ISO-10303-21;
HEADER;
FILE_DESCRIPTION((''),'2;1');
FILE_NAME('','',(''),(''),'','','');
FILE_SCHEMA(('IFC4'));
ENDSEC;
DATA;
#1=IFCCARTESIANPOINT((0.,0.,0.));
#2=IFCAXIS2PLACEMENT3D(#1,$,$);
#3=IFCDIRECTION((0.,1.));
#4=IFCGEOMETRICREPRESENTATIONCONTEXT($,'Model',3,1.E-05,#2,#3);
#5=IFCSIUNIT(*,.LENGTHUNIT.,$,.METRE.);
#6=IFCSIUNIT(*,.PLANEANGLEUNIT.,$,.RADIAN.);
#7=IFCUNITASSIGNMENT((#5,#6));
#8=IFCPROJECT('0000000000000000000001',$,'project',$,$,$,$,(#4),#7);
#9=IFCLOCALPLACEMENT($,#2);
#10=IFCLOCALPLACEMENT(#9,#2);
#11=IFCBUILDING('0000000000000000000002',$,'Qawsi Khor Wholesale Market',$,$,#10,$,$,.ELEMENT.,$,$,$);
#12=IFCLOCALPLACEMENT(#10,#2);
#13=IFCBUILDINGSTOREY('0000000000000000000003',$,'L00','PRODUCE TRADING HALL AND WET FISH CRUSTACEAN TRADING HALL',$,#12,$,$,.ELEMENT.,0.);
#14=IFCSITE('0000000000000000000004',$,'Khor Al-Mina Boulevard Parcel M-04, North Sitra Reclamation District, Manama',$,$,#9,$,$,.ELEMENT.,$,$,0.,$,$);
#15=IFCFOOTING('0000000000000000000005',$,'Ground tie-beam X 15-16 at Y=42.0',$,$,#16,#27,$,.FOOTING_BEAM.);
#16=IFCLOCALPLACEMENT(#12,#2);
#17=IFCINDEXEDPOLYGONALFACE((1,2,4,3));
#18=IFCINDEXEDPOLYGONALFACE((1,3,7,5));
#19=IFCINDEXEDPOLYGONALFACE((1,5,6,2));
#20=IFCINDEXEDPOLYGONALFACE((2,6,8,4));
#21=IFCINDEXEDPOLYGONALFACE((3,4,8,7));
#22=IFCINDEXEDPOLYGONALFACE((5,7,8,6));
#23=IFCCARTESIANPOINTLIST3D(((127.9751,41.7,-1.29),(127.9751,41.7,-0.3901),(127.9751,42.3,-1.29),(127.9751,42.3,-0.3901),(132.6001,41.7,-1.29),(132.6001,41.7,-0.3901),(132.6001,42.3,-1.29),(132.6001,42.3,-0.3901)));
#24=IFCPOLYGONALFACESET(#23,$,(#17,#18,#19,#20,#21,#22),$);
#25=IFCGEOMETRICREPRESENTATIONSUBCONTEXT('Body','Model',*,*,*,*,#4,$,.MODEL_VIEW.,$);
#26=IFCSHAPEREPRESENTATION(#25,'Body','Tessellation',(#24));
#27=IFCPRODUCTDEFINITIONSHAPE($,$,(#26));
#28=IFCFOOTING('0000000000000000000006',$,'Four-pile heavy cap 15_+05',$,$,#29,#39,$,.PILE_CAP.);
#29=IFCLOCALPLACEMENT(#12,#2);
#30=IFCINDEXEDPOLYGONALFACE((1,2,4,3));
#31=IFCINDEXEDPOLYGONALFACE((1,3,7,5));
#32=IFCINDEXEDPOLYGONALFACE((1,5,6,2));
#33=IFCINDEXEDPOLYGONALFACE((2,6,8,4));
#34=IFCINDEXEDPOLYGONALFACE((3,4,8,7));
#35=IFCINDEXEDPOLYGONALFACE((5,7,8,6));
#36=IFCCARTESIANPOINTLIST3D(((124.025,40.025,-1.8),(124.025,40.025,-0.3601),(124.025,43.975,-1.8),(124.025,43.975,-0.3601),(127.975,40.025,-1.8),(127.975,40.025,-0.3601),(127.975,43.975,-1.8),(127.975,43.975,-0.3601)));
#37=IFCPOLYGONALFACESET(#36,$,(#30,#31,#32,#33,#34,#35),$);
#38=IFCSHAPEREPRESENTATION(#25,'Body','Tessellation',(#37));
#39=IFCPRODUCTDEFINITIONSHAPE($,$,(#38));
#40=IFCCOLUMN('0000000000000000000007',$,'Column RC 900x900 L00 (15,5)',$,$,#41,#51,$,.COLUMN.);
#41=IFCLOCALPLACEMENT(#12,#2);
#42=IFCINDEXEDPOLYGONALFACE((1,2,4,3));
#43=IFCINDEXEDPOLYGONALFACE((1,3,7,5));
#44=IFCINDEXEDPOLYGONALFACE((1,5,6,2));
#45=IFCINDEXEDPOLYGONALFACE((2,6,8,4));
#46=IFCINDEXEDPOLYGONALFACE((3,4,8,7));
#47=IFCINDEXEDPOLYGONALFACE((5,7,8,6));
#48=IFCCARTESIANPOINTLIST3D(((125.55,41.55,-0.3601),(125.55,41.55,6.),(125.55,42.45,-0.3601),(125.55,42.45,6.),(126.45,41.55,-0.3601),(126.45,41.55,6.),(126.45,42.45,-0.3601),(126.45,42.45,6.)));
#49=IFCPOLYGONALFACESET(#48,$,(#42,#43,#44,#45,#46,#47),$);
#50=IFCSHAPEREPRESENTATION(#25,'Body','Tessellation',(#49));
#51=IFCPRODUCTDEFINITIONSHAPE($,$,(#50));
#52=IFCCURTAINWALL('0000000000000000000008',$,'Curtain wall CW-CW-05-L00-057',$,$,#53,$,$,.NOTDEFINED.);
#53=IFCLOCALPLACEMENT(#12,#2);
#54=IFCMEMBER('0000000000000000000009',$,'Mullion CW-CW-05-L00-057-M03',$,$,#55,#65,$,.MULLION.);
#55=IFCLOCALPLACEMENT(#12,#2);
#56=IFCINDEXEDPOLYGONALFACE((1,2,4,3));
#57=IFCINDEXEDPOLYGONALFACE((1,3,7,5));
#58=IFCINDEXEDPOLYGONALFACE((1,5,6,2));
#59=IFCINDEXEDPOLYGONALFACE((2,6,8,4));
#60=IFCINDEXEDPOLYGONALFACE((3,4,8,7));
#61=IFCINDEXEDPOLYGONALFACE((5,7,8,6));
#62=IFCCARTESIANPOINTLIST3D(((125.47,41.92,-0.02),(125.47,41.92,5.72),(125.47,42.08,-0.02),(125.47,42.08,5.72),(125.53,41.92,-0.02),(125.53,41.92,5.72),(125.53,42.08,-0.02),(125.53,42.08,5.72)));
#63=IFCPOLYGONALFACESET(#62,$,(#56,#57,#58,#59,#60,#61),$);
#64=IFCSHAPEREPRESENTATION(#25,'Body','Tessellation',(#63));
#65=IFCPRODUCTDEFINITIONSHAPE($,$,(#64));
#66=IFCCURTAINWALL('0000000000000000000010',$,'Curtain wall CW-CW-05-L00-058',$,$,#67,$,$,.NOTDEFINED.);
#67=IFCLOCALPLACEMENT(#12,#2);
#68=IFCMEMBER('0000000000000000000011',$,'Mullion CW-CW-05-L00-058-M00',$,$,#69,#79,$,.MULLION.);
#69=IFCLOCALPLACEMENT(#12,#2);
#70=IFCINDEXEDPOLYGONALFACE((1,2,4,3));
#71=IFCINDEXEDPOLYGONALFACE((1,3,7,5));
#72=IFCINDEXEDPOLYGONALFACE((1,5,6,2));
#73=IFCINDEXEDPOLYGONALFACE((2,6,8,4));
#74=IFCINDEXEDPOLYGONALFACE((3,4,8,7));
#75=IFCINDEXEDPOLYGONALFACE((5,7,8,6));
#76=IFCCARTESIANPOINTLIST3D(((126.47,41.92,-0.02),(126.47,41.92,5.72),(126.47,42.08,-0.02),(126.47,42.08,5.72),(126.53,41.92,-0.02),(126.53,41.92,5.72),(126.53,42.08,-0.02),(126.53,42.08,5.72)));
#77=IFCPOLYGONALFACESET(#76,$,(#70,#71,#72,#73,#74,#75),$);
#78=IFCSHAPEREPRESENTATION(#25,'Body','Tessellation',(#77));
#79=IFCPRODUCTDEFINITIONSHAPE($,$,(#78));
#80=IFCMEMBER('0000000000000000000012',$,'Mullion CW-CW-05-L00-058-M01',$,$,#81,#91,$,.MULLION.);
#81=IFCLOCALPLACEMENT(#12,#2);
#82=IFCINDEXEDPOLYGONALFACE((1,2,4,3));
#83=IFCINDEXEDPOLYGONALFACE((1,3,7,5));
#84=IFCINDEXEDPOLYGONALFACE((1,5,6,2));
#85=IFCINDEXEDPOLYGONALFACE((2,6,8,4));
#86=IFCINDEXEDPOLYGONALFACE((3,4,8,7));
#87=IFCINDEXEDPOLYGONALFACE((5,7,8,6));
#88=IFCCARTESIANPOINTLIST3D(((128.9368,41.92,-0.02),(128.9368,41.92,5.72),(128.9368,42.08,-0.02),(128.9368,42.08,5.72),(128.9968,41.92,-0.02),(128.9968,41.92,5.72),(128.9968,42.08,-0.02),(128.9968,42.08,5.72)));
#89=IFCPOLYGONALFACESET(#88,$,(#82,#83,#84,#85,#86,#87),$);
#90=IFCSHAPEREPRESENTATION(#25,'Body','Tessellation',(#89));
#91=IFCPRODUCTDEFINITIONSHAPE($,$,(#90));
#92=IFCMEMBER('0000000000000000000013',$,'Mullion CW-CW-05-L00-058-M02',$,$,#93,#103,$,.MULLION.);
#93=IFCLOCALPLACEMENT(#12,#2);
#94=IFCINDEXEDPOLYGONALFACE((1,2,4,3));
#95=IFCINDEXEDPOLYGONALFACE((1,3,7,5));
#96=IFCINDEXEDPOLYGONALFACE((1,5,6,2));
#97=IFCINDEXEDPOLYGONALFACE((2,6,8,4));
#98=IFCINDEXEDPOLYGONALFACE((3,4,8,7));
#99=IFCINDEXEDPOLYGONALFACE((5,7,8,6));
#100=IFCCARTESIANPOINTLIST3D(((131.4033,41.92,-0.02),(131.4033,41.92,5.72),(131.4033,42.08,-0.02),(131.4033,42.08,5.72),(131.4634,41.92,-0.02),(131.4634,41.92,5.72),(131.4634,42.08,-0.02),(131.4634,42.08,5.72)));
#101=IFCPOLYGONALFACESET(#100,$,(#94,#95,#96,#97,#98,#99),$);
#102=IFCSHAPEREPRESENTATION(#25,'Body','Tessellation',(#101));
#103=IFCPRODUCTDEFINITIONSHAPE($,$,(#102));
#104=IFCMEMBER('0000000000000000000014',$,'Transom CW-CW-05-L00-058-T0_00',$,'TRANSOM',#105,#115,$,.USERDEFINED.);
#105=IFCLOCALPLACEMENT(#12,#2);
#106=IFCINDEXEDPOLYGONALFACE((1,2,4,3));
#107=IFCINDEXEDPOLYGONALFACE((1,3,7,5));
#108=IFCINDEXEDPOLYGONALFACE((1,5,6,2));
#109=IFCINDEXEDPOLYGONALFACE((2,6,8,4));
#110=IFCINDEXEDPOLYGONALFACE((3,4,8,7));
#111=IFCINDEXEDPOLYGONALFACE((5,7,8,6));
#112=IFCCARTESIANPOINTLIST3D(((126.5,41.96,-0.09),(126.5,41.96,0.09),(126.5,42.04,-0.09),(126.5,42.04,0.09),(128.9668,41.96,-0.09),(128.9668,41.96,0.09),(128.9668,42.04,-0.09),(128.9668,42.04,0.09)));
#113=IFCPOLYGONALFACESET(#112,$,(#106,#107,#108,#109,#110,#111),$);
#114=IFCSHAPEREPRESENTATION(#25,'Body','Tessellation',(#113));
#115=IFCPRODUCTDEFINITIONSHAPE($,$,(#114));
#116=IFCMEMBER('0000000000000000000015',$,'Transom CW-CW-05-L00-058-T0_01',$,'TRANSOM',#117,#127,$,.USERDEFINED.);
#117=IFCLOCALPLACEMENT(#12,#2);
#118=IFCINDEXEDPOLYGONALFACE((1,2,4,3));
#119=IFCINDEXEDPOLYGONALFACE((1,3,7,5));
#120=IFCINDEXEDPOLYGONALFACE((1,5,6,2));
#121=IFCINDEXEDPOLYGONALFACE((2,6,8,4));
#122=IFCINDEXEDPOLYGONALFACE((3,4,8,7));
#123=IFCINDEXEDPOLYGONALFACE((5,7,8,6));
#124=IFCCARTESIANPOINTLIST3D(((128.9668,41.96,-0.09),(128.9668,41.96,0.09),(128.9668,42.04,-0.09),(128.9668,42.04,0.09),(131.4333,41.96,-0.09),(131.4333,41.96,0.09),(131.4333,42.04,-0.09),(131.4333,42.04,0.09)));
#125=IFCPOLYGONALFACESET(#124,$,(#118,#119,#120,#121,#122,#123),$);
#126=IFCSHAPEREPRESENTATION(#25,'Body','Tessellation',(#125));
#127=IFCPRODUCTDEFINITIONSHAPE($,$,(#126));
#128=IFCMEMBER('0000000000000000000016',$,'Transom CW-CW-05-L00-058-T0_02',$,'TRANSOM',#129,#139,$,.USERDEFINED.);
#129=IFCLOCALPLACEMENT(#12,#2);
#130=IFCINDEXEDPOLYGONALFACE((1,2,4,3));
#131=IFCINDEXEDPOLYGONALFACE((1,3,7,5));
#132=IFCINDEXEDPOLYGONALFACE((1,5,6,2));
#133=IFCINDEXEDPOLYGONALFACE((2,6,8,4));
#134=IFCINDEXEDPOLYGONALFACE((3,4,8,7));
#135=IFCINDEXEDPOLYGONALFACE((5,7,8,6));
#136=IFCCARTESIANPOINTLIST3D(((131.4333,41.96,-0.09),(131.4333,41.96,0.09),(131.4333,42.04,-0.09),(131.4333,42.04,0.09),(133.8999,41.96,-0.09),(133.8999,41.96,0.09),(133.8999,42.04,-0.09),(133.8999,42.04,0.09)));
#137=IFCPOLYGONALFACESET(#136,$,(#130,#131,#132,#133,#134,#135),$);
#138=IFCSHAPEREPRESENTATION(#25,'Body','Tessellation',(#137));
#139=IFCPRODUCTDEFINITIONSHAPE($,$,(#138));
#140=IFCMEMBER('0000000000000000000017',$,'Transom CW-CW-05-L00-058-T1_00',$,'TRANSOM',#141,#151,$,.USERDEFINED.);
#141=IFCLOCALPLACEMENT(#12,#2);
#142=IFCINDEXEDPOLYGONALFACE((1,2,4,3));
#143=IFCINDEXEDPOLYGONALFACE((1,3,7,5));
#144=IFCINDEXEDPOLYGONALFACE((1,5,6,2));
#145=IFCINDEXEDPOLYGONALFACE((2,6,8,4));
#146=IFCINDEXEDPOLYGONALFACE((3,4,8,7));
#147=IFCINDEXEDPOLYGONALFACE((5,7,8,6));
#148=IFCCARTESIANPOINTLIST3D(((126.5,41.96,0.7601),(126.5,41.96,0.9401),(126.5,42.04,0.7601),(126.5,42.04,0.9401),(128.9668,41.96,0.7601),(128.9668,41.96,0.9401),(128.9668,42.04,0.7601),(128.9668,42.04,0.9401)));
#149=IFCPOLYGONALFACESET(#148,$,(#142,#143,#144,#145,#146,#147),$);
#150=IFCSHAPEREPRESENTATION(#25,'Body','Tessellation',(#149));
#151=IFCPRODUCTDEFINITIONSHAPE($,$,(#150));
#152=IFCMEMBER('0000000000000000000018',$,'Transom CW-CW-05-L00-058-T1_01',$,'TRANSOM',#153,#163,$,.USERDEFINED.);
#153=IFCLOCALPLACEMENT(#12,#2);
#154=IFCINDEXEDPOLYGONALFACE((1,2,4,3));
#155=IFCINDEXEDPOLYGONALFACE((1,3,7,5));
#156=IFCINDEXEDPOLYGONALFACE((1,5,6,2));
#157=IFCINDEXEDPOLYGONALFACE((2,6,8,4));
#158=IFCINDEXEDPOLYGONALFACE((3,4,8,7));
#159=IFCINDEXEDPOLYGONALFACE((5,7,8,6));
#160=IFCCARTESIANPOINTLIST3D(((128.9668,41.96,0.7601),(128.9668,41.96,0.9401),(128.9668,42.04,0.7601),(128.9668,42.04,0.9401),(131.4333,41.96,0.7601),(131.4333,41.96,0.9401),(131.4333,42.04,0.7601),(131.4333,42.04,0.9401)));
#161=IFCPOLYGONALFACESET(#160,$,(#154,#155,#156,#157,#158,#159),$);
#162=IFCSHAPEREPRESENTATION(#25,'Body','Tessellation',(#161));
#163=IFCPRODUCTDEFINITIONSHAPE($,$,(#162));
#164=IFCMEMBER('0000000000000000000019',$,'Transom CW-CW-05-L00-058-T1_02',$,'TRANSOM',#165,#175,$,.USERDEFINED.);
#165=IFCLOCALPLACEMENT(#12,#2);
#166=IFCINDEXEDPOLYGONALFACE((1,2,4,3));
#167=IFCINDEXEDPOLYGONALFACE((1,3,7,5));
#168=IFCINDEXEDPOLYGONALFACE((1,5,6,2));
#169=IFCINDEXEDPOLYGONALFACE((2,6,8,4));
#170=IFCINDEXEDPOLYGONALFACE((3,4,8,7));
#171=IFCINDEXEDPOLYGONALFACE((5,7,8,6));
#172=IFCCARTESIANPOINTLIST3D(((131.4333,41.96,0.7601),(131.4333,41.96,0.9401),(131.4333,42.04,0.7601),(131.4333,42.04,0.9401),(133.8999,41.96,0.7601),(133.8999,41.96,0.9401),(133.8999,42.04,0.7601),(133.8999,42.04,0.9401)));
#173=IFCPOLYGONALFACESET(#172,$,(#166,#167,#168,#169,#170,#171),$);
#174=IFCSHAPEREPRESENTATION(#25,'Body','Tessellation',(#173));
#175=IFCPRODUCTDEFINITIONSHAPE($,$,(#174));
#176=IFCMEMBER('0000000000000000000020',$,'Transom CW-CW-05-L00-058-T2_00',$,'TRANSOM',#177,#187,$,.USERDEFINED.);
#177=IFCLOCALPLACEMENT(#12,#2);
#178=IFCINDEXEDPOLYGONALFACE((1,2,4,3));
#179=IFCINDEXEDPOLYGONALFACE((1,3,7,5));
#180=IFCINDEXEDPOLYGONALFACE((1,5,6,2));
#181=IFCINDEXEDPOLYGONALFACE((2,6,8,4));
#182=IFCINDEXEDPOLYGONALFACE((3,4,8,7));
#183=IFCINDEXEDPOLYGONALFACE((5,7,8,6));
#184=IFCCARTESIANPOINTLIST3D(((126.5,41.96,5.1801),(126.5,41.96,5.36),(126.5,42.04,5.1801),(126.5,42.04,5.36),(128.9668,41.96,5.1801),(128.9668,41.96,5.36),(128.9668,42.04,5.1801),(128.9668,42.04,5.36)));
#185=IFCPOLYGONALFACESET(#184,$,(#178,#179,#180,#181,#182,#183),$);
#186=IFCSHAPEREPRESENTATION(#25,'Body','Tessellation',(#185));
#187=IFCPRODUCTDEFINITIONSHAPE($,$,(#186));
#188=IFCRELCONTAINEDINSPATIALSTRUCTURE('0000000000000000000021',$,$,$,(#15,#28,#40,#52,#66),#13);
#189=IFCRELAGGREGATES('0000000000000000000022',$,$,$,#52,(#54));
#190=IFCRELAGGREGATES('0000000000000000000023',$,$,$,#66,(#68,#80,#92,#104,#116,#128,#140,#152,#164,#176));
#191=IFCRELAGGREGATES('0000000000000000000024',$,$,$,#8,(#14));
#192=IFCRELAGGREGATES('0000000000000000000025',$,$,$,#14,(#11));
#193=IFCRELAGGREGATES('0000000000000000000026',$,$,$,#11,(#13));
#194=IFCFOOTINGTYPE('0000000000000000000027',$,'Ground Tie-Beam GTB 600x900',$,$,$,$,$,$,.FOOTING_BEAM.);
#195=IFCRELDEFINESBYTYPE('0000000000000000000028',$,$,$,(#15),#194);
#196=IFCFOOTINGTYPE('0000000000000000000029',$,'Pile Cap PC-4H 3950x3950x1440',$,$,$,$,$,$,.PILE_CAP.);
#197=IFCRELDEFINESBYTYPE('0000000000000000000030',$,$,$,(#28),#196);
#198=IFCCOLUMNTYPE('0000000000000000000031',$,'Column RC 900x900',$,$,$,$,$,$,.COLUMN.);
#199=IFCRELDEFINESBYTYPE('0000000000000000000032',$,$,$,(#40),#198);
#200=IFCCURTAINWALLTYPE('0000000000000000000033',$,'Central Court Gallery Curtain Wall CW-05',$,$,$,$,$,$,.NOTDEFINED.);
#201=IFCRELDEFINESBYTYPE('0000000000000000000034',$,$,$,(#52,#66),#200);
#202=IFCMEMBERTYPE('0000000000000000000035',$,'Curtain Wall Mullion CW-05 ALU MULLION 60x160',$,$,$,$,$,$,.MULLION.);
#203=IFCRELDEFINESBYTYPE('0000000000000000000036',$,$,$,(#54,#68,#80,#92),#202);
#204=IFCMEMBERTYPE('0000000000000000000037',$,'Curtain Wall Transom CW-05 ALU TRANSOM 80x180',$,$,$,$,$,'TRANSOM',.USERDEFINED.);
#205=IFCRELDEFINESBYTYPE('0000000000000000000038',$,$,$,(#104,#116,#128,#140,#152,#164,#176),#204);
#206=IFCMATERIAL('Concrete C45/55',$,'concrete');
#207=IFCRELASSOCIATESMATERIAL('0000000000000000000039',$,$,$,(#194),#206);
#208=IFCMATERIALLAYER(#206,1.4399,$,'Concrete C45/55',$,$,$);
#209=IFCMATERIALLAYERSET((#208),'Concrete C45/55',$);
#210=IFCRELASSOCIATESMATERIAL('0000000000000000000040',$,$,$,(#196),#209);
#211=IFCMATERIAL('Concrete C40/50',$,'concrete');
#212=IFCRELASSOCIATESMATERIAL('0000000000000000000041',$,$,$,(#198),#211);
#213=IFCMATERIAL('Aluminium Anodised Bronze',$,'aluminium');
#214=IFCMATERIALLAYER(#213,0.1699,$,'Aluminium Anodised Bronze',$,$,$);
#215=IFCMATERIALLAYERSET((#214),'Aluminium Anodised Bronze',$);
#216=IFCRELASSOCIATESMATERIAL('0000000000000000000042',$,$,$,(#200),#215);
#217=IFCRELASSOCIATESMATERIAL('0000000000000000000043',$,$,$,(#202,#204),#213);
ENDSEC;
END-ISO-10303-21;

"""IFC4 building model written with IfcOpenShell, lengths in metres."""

from ifc_helpers import new_model, si_unit, direction, frame, origin, origin_2d, place, context, subcontext, project, spatial, rectangle, extrude, material, layer, layer_set, material_profile, profile_set, type_object, element, aggregate, save


model = new_model("IFC4")

# Units and contexts
model_context = context("Model", 3, precision=1e-05, world=origin(), true_north=direction((0.0, 1.0)))
body_context = subcontext(model_context, "Body", "Model", "MODEL_VIEW")
ifc_project = project(units=[si_unit("LENGTHUNIT", "METRE"), si_unit("PLANEANGLEUNIT", "RADIAN")], contexts=[model_context])

# Site, building, storey
site_placement = place(None, origin())
site = spatial("IfcSite", under=ifc_project, at=site_placement, Name="Khor Al-Mina Boulevard Parcel M-04, North Sitra Reclamation District, Manama", CompositionType="ELEMENT", RefElevation=0.0)
building_placement = place(site_placement, origin())
building = spatial("IfcBuilding", under=site, at=building_placement, Name="Qawsi Khor Wholesale Market", CompositionType="ELEMENT")
storey_placement = place(building_placement, origin())
storey = spatial("IfcBuildingStorey", under=building, at=storey_placement, Name="L00", Description="PRODUCE TRADING HALL AND WET FISH CRUSTACEAN TRADING HALL", CompositionType="ELEMENT", Elevation=0.0)

# Footings
ifc_material_1 = material(Name="Concrete C45/55", Category="concrete")
ifc_material_profile_1 = material_profile(ifc_material_1, rectangle(XDim=0.6001, YDim=0.8999, at=origin_2d()), Name="RC 600x900")
ifc_profile_set_1 = profile_set([ifc_material_profile_1], Name="Concrete C45/55")
footing_type_1 = type_object("IfcFootingType", Name="Ground Tie-Beam GTB 600x900", PredefinedType="FOOTING_BEAM", material=ifc_profile_set_1)
footing_1_placement = place(storey_placement, frame((127.9751, 42.0, -0.8401), z_axis=(1.0, 0.0, 0.0), x_axis=(0.0, 1.0, 0.0)))
element("IfcFooting", 1, at=footing_1_placement, inside=storey, type_object=footing_type_1, Name="Ground tie-beam X 15-16 at Y=42.0", PredefinedType="FOOTING_BEAM", context=body_context, shape_type="SweptSolid", body=[
    extrude(rectangle(XDim=0.6001, YDim=0.8999, at=origin_2d()), origin(), (0.0, 0.0, 1.0), 4.625),
])
ifc_layer_1 = layer(ifc_material_1, 1.4399, Name="Concrete C45/55")
ifc_layer_set_1 = layer_set([ifc_layer_1], Name="Concrete C45/55")
footing_type_2 = type_object("IfcFootingType", Name="Pile Cap PC-4H 3950x3950x1440", PredefinedType="PILE_CAP", material=ifc_layer_set_1)
footing_2_placement = place(storey_placement, frame((126.0, 42.0, -1.8), z_axis=(0.0, 0.0, 1.0), x_axis=(1.0, 0.0, 0.0)))
element("IfcFooting", 2, at=footing_2_placement, inside=storey, type_object=footing_type_2, Name="Four-pile heavy cap 15_+05", PredefinedType="PILE_CAP", context=body_context, shape_type="SweptSolid", body=[
    extrude(rectangle(XDim=3.95, YDim=3.95, at=origin_2d()), origin(), (0.0, 0.0, 1.0), 1.4399),
])

# Column
ifc_material_2 = material(Name="Concrete C40/50", Category="concrete")
ifc_material_profile_2 = material_profile(ifc_material_2, rectangle(XDim=0.8999, YDim=0.8999, at=origin_2d()), Name="RC 900x900")
ifc_profile_set_2 = profile_set([ifc_material_profile_2], Name="Concrete C40/50")
column_type = type_object("IfcColumnType", Name="Column RC 900x900", PredefinedType="COLUMN", material=ifc_profile_set_2)
column_placement = place(storey_placement, frame((126.0, 42.0, -0.3601), z_axis=(0.0, 0.0, 1.0), x_axis=(1.0, 0.0, 0.0)))
element("IfcColumn", 3, at=column_placement, inside=storey, type_object=column_type, Name="Column RC 900x900 L00 (15,5)", PredefinedType="COLUMN", context=body_context, shape_type="SweptSolid", body=[
    extrude(rectangle(XDim=0.8999, YDim=0.8999, at=origin_2d()), origin(), (0.0, 0.0, 1.0), 6.3601),
])

# Curtain wall, member
ifc_material_3 = material(Name="Aluminium Anodised Bronze", Category="aluminium")
ifc_layer_2 = layer(ifc_material_3, 0.1699, Name="Aluminium Anodised Bronze")
ifc_layer_set_2 = layer_set([ifc_layer_2], Name="Aluminium Anodised Bronze")
curtain_wall_type = type_object("IfcCurtainWallType", Name="Central Court Gallery Curtain Wall CW-05", PredefinedType="NOTDEFINED", material=ifc_layer_set_2)
curtain_wall_1_placement = place(storey_placement, origin())
curtain_wall_1 = element("IfcCurtainWall", 4, at=curtain_wall_1_placement, inside=storey, type_object=curtain_wall_type, Name="Curtain wall CW-CW-05-L00-057", PredefinedType="NOTDEFINED")
ifc_material_profile_3 = material_profile(ifc_material_3, rectangle(XDim=0.0601, YDim=0.1599, at=origin_2d()), Name="ALU MULLION 60x160")
ifc_profile_set_3 = profile_set([ifc_material_profile_3], Name="Aluminium Anodised Bronze")
member_type_1 = type_object("IfcMemberType", Name="Curtain Wall Mullion CW-05 ALU MULLION 60x160", PredefinedType="MULLION", material=ifc_profile_set_3)
member_1_placement = place(storey_placement, frame((125.5, 42.0, -0.02), z_axis=(0.0, 0.0, 1.0), x_axis=(1.0, 0.0, 0.0)))
member_1 = element("IfcMember", 5, at=member_1_placement, type_object=member_type_1, Name="Mullion CW-CW-05-L00-057-M03", PredefinedType="MULLION", context=body_context, shape_type="SweptSolid", body=[
    extrude(rectangle(XDim=0.0601, YDim=0.1599, at=origin_2d()), origin(), (0.0, 0.0, 1.0), 5.74),
])

# Curtain wall, members
curtain_wall_2_placement = place(storey_placement, origin())
curtain_wall_2 = element("IfcCurtainWall", 6, at=curtain_wall_2_placement, inside=storey, type_object=curtain_wall_type, Name="Curtain wall CW-CW-05-L00-058", PredefinedType="NOTDEFINED")
member_2_placement = place(storey_placement, frame((126.5, 42.0, -0.02), z_axis=(0.0, 0.0, 1.0), x_axis=(1.0, 0.0, 0.0)))
member_2 = element("IfcMember", 7, at=member_2_placement, type_object=member_type_1, Name="Mullion CW-CW-05-L00-058-M00", PredefinedType="MULLION", context=body_context, shape_type="SweptSolid", body=[
    extrude(rectangle(XDim=0.0601, YDim=0.1599, at=origin_2d()), origin(), (0.0, 0.0, 1.0), 5.74),
])
member_3_placement = place(storey_placement, frame((128.9668, 42.0, -0.02), z_axis=(0.0, 0.0, 1.0), x_axis=(1.0, 0.0, 0.0)))
member_3 = element("IfcMember", 8, at=member_3_placement, type_object=member_type_1, Name="Mullion CW-CW-05-L00-058-M01", PredefinedType="MULLION", context=body_context, shape_type="SweptSolid", body=[
    extrude(rectangle(XDim=0.0601, YDim=0.1599, at=origin_2d()), origin(), (0.0, 0.0, 1.0), 5.74),
])
member_4_placement = place(storey_placement, frame((131.4333, 42.0, -0.02), z_axis=(0.0, 0.0, 1.0), x_axis=(1.0, 0.0, 0.0)))
member_4 = element("IfcMember", 9, at=member_4_placement, type_object=member_type_1, Name="Mullion CW-CW-05-L00-058-M02", PredefinedType="MULLION", context=body_context, shape_type="SweptSolid", body=[
    extrude(rectangle(XDim=0.0601, YDim=0.1599, at=origin_2d()), origin(), (0.0, 0.0, 1.0), 5.74),
])
ifc_material_profile_4 = material_profile(ifc_material_3, rectangle(XDim=0.0801, YDim=0.1799, at=origin_2d()), Name="ALU TRANSOM 80x180")
ifc_profile_set_4 = profile_set([ifc_material_profile_4], Name="Aluminium Anodised Bronze")
member_type_2 = type_object("IfcMemberType", Name="Curtain Wall Transom CW-05 ALU TRANSOM 80x180", ElementType="TRANSOM", PredefinedType="USERDEFINED", material=ifc_profile_set_4)
member_5_placement = place(storey_placement, frame((126.5, 42.0, 0.0), z_axis=(1.0, 0.0, 0.0), x_axis=(0.0, 1.0, 0.0)))
member_5 = element("IfcMember", 10, at=member_5_placement, type_object=member_type_2, Name="Transom CW-CW-05-L00-058-T0_00", ObjectType="TRANSOM", PredefinedType="USERDEFINED", context=body_context, shape_type="SweptSolid", body=[
    extrude(rectangle(XDim=0.0801, YDim=0.1799, at=origin_2d()), origin(), (0.0, 0.0, 1.0), 2.4668),
])
member_6_placement = place(storey_placement, frame((128.9668, 42.0, 0.0), z_axis=(1.0, 0.0, 0.0), x_axis=(0.0, 1.0, 0.0)))
member_6 = element("IfcMember", 11, at=member_6_placement, type_object=member_type_2, Name="Transom CW-CW-05-L00-058-T0_01", ObjectType="TRANSOM", PredefinedType="USERDEFINED", context=body_context, shape_type="SweptSolid", body=[
    extrude(rectangle(XDim=0.0801, YDim=0.1799, at=origin_2d()), origin(), (0.0, 0.0, 1.0), 2.4666),
])
member_7_placement = place(storey_placement, frame((131.4333, 42.0, 0.0), z_axis=(1.0, 0.0, 0.0), x_axis=(0.0, 1.0, 0.0)))
member_7 = element("IfcMember", 12, at=member_7_placement, type_object=member_type_2, Name="Transom CW-CW-05-L00-058-T0_02", ObjectType="TRANSOM", PredefinedType="USERDEFINED", context=body_context, shape_type="SweptSolid", body=[
    extrude(rectangle(XDim=0.0801, YDim=0.1799, at=origin_2d()), origin(), (0.0, 0.0, 1.0), 2.4666),
])
member_8_placement = place(storey_placement, frame((126.5, 42.0, 0.8501), z_axis=(1.0, 0.0, 0.0), x_axis=(0.0, 1.0, 0.0)))
member_8 = element("IfcMember", 13, at=member_8_placement, type_object=member_type_2, Name="Transom CW-CW-05-L00-058-T1_00", ObjectType="TRANSOM", PredefinedType="USERDEFINED", context=body_context, shape_type="SweptSolid", body=[
    extrude(rectangle(XDim=0.0801, YDim=0.1799, at=origin_2d()), origin(), (0.0, 0.0, 1.0), 2.4668),
])
member_9_placement = place(storey_placement, frame((128.9668, 42.0, 0.8501), z_axis=(1.0, 0.0, 0.0), x_axis=(0.0, 1.0, 0.0)))
member_9 = element("IfcMember", 14, at=member_9_placement, type_object=member_type_2, Name="Transom CW-CW-05-L00-058-T1_01", ObjectType="TRANSOM", PredefinedType="USERDEFINED", context=body_context, shape_type="SweptSolid", body=[
    extrude(rectangle(XDim=0.0801, YDim=0.1799, at=origin_2d()), origin(), (0.0, 0.0, 1.0), 2.4666),
])
member_10_placement = place(storey_placement, frame((131.4333, 42.0, 0.8501), z_axis=(1.0, 0.0, 0.0), x_axis=(0.0, 1.0, 0.0)))
member_10 = element("IfcMember", 15, at=member_10_placement, type_object=member_type_2, Name="Transom CW-CW-05-L00-058-T1_02", ObjectType="TRANSOM", PredefinedType="USERDEFINED", context=body_context, shape_type="SweptSolid", body=[
    extrude(rectangle(XDim=0.0801, YDim=0.1799, at=origin_2d()), origin(), (0.0, 0.0, 1.0), 2.4666),
])
member_11_placement = place(storey_placement, frame((126.5, 42.0, 5.27), z_axis=(1.0, 0.0, 0.0), x_axis=(0.0, 1.0, 0.0)))
member_11 = element("IfcMember", 16, at=member_11_placement, type_object=member_type_2, Name="Transom CW-CW-05-L00-058-T2_00", ObjectType="TRANSOM", PredefinedType="USERDEFINED", context=body_context, shape_type="SweptSolid", body=[
    extrude(rectangle(XDim=0.0801, YDim=0.1799, at=origin_2d()), origin(), (0.0, 0.0, 1.0), 2.4668),
])

aggregate(curtain_wall_1, [member_1])
aggregate(curtain_wall_2, [member_2, member_3, member_4, member_5, member_6, member_7, member_8, member_9, member_10, member_11])

save(model, "model.ifc")
